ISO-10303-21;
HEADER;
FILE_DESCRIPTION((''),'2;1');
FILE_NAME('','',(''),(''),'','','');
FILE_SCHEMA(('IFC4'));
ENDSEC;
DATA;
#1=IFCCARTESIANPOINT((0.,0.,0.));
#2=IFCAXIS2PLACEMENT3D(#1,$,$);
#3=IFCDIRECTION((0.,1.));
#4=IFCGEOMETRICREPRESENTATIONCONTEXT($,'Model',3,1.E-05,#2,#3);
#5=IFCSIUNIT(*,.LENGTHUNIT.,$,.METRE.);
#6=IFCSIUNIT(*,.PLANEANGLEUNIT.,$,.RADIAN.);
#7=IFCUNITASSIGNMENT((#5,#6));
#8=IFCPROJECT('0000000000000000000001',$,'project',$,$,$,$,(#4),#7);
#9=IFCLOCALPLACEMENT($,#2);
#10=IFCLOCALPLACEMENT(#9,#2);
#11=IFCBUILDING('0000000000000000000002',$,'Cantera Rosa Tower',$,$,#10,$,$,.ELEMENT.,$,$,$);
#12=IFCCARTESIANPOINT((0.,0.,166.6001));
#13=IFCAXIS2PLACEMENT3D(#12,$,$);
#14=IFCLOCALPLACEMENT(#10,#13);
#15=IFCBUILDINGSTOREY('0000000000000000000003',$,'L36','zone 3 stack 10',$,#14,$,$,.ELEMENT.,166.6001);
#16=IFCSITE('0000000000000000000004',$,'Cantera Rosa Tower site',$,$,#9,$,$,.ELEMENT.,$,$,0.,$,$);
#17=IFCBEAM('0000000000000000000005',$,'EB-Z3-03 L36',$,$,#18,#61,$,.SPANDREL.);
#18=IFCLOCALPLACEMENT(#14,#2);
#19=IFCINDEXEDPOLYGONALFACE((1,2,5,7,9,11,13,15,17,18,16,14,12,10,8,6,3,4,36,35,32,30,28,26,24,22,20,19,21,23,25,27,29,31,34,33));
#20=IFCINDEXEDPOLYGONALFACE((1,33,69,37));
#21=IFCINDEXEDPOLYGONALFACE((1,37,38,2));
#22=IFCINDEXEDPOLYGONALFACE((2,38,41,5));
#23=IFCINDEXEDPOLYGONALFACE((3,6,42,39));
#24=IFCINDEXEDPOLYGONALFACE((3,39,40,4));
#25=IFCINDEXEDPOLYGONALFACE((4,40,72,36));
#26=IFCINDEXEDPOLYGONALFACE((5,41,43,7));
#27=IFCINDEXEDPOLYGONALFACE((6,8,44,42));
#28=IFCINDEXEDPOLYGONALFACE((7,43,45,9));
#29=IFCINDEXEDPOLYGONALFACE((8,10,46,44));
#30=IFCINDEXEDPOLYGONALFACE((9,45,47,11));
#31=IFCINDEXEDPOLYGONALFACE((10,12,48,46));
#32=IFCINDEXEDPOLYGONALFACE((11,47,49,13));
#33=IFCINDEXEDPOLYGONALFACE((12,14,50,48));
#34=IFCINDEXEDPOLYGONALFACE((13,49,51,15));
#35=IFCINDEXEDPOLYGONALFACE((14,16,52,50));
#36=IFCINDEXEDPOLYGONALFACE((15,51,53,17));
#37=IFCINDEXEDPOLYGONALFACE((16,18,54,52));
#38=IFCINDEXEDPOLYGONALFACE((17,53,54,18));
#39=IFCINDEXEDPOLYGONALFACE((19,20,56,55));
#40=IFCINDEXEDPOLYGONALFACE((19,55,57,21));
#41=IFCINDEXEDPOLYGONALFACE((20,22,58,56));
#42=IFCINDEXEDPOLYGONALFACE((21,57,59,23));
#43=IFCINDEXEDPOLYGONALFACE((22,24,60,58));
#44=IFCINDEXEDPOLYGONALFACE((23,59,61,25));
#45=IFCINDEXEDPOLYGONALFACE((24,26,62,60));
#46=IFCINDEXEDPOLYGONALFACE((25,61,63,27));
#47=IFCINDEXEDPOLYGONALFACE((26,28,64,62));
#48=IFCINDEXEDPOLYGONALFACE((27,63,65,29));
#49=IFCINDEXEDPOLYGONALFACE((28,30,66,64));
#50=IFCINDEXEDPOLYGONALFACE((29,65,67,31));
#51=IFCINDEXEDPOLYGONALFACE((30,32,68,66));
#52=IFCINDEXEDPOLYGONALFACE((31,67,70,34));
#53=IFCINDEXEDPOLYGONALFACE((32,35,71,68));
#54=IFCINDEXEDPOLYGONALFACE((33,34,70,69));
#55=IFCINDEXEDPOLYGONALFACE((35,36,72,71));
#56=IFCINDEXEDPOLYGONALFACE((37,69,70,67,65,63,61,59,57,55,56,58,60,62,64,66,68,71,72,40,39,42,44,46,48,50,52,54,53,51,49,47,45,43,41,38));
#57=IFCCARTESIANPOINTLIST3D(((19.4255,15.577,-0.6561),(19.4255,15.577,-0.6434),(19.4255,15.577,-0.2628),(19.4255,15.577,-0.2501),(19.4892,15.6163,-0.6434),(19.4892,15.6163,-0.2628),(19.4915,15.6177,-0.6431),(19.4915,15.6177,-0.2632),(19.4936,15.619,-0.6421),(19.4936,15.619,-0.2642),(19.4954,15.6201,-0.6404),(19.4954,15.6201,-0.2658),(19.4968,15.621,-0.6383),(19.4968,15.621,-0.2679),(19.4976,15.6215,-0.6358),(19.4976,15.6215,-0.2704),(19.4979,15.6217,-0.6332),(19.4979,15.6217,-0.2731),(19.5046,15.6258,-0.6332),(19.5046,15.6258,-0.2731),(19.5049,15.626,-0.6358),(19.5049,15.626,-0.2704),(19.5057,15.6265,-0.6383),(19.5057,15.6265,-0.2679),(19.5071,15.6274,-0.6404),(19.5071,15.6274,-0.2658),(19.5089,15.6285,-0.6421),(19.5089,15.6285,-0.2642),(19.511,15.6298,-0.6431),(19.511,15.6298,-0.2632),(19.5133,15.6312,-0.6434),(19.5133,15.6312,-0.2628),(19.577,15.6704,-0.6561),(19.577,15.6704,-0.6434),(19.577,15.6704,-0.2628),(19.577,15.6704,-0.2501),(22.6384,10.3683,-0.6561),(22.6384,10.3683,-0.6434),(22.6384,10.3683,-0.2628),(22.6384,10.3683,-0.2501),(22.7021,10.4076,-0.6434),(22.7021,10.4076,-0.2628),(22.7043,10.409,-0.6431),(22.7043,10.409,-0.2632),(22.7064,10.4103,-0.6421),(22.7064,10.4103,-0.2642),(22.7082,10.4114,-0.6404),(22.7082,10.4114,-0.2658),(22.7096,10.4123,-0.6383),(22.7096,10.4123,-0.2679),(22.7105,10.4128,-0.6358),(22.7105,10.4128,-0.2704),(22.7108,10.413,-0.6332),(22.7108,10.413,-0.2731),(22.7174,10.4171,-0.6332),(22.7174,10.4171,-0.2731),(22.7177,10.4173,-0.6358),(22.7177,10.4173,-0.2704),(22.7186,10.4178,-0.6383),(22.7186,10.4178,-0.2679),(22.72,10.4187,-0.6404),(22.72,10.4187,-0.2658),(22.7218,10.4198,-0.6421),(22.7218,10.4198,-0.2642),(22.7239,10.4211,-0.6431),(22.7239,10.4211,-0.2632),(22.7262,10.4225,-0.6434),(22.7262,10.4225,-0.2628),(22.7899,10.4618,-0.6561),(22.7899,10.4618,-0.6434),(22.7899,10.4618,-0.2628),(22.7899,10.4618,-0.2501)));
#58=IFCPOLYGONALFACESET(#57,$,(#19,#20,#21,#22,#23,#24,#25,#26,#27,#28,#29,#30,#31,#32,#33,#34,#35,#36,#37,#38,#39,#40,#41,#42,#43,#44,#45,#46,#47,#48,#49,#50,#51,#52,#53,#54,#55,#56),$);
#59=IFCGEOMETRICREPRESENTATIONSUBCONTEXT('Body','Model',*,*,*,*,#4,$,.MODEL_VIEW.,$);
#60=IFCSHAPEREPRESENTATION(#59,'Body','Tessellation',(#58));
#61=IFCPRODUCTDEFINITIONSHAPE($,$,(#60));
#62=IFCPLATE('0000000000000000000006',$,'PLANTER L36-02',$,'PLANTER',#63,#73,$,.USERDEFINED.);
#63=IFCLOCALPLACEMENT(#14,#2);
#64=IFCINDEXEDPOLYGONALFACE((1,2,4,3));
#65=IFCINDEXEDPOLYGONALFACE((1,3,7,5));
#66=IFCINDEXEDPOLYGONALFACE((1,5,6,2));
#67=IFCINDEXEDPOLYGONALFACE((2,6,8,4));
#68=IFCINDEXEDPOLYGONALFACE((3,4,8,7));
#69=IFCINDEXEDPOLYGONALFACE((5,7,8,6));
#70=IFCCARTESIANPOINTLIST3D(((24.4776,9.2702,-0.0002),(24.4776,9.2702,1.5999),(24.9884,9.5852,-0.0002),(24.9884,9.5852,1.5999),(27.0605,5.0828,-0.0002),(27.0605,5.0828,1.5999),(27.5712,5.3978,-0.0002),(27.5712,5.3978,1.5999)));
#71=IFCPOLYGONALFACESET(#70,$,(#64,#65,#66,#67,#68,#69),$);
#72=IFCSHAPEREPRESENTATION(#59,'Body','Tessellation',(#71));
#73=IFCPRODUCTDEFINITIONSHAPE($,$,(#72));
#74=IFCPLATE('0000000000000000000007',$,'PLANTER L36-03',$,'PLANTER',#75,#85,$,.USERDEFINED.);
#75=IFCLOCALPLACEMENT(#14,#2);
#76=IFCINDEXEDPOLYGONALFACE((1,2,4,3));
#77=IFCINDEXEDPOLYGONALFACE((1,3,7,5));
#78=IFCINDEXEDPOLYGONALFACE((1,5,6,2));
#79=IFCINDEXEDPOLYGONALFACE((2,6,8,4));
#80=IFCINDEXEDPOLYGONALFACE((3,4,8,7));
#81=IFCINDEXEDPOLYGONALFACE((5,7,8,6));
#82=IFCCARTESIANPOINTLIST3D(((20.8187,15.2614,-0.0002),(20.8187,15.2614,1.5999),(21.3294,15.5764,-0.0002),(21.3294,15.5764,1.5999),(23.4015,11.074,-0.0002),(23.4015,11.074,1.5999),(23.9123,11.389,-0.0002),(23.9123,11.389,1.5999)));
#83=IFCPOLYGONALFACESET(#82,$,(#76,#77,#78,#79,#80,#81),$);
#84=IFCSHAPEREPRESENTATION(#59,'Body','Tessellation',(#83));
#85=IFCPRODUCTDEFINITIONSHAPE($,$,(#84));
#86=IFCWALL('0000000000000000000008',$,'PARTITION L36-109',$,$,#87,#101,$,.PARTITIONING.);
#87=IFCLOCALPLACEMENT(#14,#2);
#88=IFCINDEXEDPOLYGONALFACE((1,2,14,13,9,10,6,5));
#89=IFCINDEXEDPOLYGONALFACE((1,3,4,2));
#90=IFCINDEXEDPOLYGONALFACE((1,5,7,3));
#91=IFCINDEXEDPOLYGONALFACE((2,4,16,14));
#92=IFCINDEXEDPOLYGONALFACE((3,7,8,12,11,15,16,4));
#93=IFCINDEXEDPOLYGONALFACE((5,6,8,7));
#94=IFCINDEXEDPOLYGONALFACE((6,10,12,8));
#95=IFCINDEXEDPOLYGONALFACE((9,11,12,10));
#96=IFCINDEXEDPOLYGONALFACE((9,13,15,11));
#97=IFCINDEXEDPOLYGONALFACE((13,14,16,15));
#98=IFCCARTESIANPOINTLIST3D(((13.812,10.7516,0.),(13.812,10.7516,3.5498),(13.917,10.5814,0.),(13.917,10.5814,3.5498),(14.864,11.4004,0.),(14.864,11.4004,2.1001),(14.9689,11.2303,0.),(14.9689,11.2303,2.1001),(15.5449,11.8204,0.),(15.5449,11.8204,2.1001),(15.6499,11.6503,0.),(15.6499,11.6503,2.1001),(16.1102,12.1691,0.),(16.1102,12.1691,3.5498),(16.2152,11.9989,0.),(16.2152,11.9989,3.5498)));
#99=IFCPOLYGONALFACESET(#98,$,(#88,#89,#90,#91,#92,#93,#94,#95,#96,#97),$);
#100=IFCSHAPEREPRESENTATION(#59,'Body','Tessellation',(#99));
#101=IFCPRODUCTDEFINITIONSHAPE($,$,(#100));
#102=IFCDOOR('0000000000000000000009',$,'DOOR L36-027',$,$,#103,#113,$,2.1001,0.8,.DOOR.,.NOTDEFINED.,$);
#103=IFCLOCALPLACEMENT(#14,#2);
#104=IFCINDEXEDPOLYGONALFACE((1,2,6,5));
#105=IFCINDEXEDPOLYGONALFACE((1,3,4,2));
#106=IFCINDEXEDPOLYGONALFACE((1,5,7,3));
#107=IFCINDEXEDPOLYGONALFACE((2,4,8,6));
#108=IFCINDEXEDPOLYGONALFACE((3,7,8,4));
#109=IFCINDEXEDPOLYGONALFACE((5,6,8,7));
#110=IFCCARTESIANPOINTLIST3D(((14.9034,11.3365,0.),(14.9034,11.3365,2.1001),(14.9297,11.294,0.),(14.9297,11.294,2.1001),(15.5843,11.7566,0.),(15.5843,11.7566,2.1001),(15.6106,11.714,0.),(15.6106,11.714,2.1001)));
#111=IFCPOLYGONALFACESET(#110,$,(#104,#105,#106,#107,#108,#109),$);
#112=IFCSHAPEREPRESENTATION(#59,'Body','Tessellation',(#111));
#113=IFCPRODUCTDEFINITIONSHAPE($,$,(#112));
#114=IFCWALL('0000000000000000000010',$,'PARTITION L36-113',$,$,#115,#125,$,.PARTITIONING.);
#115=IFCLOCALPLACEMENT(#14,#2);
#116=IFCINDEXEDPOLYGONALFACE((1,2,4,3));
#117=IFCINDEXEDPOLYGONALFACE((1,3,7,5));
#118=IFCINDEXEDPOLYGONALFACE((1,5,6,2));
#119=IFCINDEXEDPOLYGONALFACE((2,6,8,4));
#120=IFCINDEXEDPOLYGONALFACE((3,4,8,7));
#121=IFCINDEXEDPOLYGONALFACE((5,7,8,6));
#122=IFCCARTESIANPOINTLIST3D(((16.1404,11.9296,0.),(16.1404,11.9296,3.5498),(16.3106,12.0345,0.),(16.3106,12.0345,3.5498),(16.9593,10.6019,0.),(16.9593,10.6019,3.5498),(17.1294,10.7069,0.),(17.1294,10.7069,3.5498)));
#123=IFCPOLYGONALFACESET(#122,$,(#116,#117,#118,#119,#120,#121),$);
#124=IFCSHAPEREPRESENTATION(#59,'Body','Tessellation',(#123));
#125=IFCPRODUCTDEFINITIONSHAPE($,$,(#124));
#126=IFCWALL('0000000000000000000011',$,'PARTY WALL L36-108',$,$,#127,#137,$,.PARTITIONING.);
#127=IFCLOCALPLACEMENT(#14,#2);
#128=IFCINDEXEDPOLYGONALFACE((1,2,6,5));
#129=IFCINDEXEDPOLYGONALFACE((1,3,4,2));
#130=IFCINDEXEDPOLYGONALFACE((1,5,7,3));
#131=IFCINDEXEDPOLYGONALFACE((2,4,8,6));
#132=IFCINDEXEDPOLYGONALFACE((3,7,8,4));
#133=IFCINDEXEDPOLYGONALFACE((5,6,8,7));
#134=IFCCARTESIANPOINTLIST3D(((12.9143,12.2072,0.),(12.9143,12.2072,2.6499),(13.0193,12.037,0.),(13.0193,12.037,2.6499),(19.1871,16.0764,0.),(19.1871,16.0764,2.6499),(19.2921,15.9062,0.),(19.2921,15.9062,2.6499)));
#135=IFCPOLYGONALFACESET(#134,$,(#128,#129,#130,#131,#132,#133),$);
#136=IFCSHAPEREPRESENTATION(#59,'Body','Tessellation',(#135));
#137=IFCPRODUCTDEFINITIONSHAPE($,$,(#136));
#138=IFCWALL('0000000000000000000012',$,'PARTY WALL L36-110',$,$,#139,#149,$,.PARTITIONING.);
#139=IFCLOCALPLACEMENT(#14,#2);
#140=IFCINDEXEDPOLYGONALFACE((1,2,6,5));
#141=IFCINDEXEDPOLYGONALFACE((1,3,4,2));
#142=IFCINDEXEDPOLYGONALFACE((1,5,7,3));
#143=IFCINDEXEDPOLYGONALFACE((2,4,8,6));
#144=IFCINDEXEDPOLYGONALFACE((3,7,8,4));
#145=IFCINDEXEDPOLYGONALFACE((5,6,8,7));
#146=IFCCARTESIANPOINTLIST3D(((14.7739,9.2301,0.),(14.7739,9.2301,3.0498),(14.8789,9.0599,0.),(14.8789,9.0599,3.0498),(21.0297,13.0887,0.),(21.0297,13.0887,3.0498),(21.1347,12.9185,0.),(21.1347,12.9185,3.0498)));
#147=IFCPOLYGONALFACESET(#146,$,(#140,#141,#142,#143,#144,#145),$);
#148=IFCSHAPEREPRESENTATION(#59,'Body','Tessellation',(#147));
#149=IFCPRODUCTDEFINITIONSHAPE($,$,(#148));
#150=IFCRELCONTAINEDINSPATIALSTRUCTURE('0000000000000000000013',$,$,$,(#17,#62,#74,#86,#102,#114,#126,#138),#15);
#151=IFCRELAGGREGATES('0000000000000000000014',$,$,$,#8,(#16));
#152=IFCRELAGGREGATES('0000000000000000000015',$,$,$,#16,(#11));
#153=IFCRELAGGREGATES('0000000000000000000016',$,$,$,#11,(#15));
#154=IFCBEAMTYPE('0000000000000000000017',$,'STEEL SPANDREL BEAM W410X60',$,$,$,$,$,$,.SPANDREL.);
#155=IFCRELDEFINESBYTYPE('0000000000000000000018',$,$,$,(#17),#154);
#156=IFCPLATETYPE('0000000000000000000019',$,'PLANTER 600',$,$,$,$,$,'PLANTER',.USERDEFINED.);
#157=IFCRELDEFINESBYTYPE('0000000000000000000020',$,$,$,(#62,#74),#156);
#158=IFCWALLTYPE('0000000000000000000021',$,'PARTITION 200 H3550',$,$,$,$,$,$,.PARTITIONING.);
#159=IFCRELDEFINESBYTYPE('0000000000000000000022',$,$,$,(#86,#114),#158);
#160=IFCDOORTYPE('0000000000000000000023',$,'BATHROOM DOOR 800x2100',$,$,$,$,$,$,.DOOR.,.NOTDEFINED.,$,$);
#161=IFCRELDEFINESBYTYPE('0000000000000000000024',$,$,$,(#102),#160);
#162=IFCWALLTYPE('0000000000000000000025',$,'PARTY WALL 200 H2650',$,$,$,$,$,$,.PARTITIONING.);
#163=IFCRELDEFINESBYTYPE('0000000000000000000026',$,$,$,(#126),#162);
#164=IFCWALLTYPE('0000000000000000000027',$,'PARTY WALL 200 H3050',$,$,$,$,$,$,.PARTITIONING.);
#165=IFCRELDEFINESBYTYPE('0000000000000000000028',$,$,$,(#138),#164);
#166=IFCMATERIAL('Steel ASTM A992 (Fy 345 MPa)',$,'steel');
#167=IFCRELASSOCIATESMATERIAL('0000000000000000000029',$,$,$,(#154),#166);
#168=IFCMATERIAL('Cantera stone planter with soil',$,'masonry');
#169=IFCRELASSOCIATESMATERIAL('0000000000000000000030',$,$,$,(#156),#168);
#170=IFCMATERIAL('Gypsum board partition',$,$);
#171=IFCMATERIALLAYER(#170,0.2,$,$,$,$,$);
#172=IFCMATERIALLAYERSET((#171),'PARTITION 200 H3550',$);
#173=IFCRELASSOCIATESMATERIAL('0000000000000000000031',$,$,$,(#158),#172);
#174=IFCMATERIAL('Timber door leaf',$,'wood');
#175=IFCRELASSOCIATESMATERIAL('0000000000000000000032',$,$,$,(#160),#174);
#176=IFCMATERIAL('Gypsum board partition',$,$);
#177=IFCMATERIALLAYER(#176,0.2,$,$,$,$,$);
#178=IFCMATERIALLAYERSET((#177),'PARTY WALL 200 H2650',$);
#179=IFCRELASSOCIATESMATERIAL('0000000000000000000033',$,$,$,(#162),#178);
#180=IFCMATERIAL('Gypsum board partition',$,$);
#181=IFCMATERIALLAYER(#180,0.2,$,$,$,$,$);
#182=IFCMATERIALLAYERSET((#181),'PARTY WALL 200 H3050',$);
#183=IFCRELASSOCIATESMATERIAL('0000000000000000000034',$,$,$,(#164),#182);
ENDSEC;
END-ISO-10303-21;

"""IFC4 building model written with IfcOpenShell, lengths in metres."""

from ifc_helpers import new_model, si_unit, direction, frame, frame_2d, origin, origin_2d, place, context, subcontext, project, spatial, rectangle, i_section, extrude, material, layer, layer_set, material_profile, profile_set, type_object, element, fill, save


model = new_model("IFC4")

# Units and contexts
model_context = context("Model", 3, precision=1e-05, world=origin(), true_north=direction((0.0, 1.0)))
body_context = subcontext(model_context, "Body", "Model", "MODEL_VIEW")
ifc_project = project(units=[si_unit("LENGTHUNIT", "METRE"), si_unit("PLANEANGLEUNIT", "RADIAN")], contexts=[model_context])

# Site, building, storey
site_placement = place(None, origin())
site = spatial("IfcSite", under=ifc_project, at=site_placement, Name="Cantera Rosa Tower site", CompositionType="ELEMENT", RefElevation=0.0)
building_placement = place(site_placement, origin())
building = spatial("IfcBuilding", under=site, at=building_placement, Name="Cantera Rosa Tower", CompositionType="ELEMENT")
storey_placement = place(building_placement, frame((0.0, 0.0, 166.6001)))
storey = spatial("IfcBuildingStorey", under=building, at=storey_placement, Name="L36", Description="zone 3 stack 10", CompositionType="ELEMENT", Elevation=166.6001)

# Beam
ifc_material_1 = material(Name="Steel ASTM A992 (Fy 345 MPa)", Category="steel")
ifc_material_profile_1 = material_profile(ifc_material_1, i_section(OverallWidth=0.178, OverallDepth=0.406, WebThickness=0.0078, FlangeThickness=0.0127, FilletRadius=0.0103, at=origin_2d()), Name="W410X60")
ifc_profile_set_1 = profile_set([ifc_material_profile_1], Name="Steel ASTM A992 (Fy 345 MPa)")
beam_type_1 = type_object("IfcBeamType", Name="STEEL SPANDREL BEAM W410X60", PredefinedType="SPANDREL", material=ifc_profile_set_1)
beam_1_placement = place(storey_placement, frame((22.7141, 10.415, -0.4531), z_axis=(-0.524987, 0.85111, 0.0), x_axis=(-0.85111, -0.524987, 0.0)))
element("IfcBeam", 1, at=beam_1_placement, inside=storey, type_object=beam_type_1, Name="EB-Z3-03 L36", PredefinedType="SPANDREL", context=body_context, shape_type="SweptSolid", body=[
    extrude(i_section(OverallWidth=0.178, OverallDepth=0.406, WebThickness=0.0078, FlangeThickness=0.0127, FilletRadius=0.0103, at=origin_2d()), origin(), (0.0, 0.0, 1.0), 6.1199),
])

# Plates
ifc_material_2 = material(Name="Cantera stone planter with soil", Category="masonry")
plate_type = type_object("IfcPlateType", Name="PLANTER 600", ElementType="PLANTER", PredefinedType="USERDEFINED", material=ifc_material_2)
for number, where, z_axis, x_axis, name in (
    (2, (26.0244, 7.334, -0.0002), (0.0, 0.0, 1.0), (-0.524977, 0.851117, 0.0), "PLANTER L36-02"),
    (3, (22.3655, 13.3252, -0.0002), (0.0, 0.0, 1.0), (-0.524977, 0.851117, 0.0), "PLANTER L36-03"),
):
    element("IfcPlate", number, at=place(storey_placement, frame(where, z_axis=z_axis, x_axis=x_axis)), inside=storey, type_object=plate_type, Name=name, ObjectType="PLANTER", PredefinedType="USERDEFINED", context=body_context, shape_type="SweptSolid", body=[
        extrude(rectangle(XDim=4.9199, YDim=0.6001, at=origin_2d()), origin(), (0.0, 0.0, 1.0), 1.6001),
    ])

# Wall, opening, door
ifc_material_3 = material(Name="Gypsum board partition")
ifc_layer_1 = layer(ifc_material_3, 0.2)
ifc_layer_set_1 = layer_set([ifc_layer_1], Name="PARTITION 200 H3550")
wall_type_1 = type_object("IfcWallType", Name="PARTITION 200 H3550", PredefinedType="PARTITIONING", material=ifc_layer_set_1)
wall_1_placement = place(storey_placement, frame((13.8645, 10.6665, 0.0), z_axis=(0.0, 0.0, 1.0), x_axis=(0.851118, 0.524975, 0.0)))
wall_1 = element("IfcWall", 4, at=wall_1_placement, inside=storey, type_object=wall_type_1, Name="PARTITION L36-109", PredefinedType="PARTITIONING", context=body_context, shape_type="SweptSolid", body=[
    extrude(rectangle(XDim=2.7002, YDim=0.2, at=frame_2d((1.3501, 0.0))), origin(), (0.0, 0.0, 1.0), 3.5498),
])
opening_1_placement = place(wall_1_placement, frame((1.2361, 0.0, 0.0)))
opening_1 = element("IfcOpeningElement", 5, at=opening_1_placement, cuts=wall_1, PredefinedType="OPENING", context=body_context, shape_type="SweptSolid", body=[
    extrude(rectangle(XDim=0.8, YDim=2.1001, at=frame_2d((0.3999, 1.05))), frame((0.0, 0.1099, 0.0), z_axis=(0.0, -1.0, 0.0), x_axis=(1.0, 0.0, 0.0)), (0.0, 0.0, 1.0), 0.22),
])
ifc_material_4 = material(Name="Timber door leaf", Category="wood")
door_type_1 = type_object("IfcDoorType", Name="BATHROOM DOOR 800x2100", OperationType="NOTDEFINED", PredefinedType="DOOR", material=ifc_material_4)
door_1_placement = place(opening_1_placement, origin())
door_1 = element("IfcDoor", 6, at=door_1_placement, inside=storey, type_object=door_type_1, Name="DOOR L36-027", OperationType="NOTDEFINED", OverallHeight=2.1001, OverallWidth=0.8, PredefinedType="DOOR", context=body_context, shape_type="SweptSolid", body=[
    extrude(rectangle(XDim=0.8, YDim=2.1001, at=frame_2d((0.3999, 1.05))), frame((0.0, 0.0249, 0.0), z_axis=(0.0, -1.0, 0.0), x_axis=(1.0, 0.0, 0.0)), (0.0, 0.0, 1.0), 0.05),
])
fill(opening_1, door_1)

# Walls
wall_2_placement = place(storey_placement, frame((16.2256, 11.9819, 0.0), z_axis=(0.0, 0.0, 1.0), x_axis=(0.524953, -0.851131, 0.0)))
element("IfcWall", 7, at=wall_2_placement, inside=storey, type_object=wall_type_1, Name="PARTITION L36-113", PredefinedType="PARTITIONING", context=body_context, shape_type="SweptSolid", body=[
    extrude(rectangle(XDim=1.5598, YDim=0.2, at=frame_2d((0.7798, 0.0))), origin(), (0.0, 0.0, 1.0), 3.5498),
])
ifc_material_5 = material(Name="Gypsum board partition")
ifc_layer_2 = layer(ifc_material_5, 0.2)
ifc_layer_set_2 = layer_set([ifc_layer_2], Name="PARTY WALL 200 H2650")
wall_type_2 = type_object("IfcWallType", Name="PARTY WALL 200 H2650", PredefinedType="PARTITIONING", material=ifc_layer_set_2)
wall_3_placement = place(storey_placement, frame((12.9668, 12.1221, 0.0), z_axis=(0.0, 0.0, 1.0), x_axis=(0.851112, 0.524984, 0.0)))
element("IfcWall", 8, at=wall_3_placement, inside=storey, type_object=wall_type_2, Name="PARTY WALL L36-108", PredefinedType="PARTITIONING", context=body_context, shape_type="SweptSolid", body=[
    extrude(rectangle(XDim=7.3701, YDim=0.2, at=frame_2d((3.6851, 0.0))), origin(), (0.0, 0.0, 1.0), 2.6499),
])
ifc_material_6 = material(Name="Gypsum board partition")
ifc_layer_3 = layer(ifc_material_6, 0.2)
ifc_layer_set_3 = layer_set([ifc_layer_3], Name="PARTY WALL 200 H3050")
wall_type_3 = type_object("IfcWallType", Name="PARTY WALL 200 H3050", PredefinedType="PARTITIONING", material=ifc_layer_set_3)
wall_4_placement = place(storey_placement, frame((14.8264, 9.145, 0.0), z_axis=(0.0, 0.0, 1.0), x_axis=(0.851118, 0.524974, 0.0)))
element("IfcWall", 9, at=wall_4_placement, inside=storey, type_object=wall_type_3, Name="PARTY WALL L36-110", PredefinedType="PARTITIONING", context=body_context, shape_type="SweptSolid", body=[
    extrude(rectangle(XDim=7.3501, YDim=0.2, at=frame_2d((3.675, 0.0))), origin(), (0.0, 0.0, 1.0), 3.0498),
])

save(model, "model.ifc")
